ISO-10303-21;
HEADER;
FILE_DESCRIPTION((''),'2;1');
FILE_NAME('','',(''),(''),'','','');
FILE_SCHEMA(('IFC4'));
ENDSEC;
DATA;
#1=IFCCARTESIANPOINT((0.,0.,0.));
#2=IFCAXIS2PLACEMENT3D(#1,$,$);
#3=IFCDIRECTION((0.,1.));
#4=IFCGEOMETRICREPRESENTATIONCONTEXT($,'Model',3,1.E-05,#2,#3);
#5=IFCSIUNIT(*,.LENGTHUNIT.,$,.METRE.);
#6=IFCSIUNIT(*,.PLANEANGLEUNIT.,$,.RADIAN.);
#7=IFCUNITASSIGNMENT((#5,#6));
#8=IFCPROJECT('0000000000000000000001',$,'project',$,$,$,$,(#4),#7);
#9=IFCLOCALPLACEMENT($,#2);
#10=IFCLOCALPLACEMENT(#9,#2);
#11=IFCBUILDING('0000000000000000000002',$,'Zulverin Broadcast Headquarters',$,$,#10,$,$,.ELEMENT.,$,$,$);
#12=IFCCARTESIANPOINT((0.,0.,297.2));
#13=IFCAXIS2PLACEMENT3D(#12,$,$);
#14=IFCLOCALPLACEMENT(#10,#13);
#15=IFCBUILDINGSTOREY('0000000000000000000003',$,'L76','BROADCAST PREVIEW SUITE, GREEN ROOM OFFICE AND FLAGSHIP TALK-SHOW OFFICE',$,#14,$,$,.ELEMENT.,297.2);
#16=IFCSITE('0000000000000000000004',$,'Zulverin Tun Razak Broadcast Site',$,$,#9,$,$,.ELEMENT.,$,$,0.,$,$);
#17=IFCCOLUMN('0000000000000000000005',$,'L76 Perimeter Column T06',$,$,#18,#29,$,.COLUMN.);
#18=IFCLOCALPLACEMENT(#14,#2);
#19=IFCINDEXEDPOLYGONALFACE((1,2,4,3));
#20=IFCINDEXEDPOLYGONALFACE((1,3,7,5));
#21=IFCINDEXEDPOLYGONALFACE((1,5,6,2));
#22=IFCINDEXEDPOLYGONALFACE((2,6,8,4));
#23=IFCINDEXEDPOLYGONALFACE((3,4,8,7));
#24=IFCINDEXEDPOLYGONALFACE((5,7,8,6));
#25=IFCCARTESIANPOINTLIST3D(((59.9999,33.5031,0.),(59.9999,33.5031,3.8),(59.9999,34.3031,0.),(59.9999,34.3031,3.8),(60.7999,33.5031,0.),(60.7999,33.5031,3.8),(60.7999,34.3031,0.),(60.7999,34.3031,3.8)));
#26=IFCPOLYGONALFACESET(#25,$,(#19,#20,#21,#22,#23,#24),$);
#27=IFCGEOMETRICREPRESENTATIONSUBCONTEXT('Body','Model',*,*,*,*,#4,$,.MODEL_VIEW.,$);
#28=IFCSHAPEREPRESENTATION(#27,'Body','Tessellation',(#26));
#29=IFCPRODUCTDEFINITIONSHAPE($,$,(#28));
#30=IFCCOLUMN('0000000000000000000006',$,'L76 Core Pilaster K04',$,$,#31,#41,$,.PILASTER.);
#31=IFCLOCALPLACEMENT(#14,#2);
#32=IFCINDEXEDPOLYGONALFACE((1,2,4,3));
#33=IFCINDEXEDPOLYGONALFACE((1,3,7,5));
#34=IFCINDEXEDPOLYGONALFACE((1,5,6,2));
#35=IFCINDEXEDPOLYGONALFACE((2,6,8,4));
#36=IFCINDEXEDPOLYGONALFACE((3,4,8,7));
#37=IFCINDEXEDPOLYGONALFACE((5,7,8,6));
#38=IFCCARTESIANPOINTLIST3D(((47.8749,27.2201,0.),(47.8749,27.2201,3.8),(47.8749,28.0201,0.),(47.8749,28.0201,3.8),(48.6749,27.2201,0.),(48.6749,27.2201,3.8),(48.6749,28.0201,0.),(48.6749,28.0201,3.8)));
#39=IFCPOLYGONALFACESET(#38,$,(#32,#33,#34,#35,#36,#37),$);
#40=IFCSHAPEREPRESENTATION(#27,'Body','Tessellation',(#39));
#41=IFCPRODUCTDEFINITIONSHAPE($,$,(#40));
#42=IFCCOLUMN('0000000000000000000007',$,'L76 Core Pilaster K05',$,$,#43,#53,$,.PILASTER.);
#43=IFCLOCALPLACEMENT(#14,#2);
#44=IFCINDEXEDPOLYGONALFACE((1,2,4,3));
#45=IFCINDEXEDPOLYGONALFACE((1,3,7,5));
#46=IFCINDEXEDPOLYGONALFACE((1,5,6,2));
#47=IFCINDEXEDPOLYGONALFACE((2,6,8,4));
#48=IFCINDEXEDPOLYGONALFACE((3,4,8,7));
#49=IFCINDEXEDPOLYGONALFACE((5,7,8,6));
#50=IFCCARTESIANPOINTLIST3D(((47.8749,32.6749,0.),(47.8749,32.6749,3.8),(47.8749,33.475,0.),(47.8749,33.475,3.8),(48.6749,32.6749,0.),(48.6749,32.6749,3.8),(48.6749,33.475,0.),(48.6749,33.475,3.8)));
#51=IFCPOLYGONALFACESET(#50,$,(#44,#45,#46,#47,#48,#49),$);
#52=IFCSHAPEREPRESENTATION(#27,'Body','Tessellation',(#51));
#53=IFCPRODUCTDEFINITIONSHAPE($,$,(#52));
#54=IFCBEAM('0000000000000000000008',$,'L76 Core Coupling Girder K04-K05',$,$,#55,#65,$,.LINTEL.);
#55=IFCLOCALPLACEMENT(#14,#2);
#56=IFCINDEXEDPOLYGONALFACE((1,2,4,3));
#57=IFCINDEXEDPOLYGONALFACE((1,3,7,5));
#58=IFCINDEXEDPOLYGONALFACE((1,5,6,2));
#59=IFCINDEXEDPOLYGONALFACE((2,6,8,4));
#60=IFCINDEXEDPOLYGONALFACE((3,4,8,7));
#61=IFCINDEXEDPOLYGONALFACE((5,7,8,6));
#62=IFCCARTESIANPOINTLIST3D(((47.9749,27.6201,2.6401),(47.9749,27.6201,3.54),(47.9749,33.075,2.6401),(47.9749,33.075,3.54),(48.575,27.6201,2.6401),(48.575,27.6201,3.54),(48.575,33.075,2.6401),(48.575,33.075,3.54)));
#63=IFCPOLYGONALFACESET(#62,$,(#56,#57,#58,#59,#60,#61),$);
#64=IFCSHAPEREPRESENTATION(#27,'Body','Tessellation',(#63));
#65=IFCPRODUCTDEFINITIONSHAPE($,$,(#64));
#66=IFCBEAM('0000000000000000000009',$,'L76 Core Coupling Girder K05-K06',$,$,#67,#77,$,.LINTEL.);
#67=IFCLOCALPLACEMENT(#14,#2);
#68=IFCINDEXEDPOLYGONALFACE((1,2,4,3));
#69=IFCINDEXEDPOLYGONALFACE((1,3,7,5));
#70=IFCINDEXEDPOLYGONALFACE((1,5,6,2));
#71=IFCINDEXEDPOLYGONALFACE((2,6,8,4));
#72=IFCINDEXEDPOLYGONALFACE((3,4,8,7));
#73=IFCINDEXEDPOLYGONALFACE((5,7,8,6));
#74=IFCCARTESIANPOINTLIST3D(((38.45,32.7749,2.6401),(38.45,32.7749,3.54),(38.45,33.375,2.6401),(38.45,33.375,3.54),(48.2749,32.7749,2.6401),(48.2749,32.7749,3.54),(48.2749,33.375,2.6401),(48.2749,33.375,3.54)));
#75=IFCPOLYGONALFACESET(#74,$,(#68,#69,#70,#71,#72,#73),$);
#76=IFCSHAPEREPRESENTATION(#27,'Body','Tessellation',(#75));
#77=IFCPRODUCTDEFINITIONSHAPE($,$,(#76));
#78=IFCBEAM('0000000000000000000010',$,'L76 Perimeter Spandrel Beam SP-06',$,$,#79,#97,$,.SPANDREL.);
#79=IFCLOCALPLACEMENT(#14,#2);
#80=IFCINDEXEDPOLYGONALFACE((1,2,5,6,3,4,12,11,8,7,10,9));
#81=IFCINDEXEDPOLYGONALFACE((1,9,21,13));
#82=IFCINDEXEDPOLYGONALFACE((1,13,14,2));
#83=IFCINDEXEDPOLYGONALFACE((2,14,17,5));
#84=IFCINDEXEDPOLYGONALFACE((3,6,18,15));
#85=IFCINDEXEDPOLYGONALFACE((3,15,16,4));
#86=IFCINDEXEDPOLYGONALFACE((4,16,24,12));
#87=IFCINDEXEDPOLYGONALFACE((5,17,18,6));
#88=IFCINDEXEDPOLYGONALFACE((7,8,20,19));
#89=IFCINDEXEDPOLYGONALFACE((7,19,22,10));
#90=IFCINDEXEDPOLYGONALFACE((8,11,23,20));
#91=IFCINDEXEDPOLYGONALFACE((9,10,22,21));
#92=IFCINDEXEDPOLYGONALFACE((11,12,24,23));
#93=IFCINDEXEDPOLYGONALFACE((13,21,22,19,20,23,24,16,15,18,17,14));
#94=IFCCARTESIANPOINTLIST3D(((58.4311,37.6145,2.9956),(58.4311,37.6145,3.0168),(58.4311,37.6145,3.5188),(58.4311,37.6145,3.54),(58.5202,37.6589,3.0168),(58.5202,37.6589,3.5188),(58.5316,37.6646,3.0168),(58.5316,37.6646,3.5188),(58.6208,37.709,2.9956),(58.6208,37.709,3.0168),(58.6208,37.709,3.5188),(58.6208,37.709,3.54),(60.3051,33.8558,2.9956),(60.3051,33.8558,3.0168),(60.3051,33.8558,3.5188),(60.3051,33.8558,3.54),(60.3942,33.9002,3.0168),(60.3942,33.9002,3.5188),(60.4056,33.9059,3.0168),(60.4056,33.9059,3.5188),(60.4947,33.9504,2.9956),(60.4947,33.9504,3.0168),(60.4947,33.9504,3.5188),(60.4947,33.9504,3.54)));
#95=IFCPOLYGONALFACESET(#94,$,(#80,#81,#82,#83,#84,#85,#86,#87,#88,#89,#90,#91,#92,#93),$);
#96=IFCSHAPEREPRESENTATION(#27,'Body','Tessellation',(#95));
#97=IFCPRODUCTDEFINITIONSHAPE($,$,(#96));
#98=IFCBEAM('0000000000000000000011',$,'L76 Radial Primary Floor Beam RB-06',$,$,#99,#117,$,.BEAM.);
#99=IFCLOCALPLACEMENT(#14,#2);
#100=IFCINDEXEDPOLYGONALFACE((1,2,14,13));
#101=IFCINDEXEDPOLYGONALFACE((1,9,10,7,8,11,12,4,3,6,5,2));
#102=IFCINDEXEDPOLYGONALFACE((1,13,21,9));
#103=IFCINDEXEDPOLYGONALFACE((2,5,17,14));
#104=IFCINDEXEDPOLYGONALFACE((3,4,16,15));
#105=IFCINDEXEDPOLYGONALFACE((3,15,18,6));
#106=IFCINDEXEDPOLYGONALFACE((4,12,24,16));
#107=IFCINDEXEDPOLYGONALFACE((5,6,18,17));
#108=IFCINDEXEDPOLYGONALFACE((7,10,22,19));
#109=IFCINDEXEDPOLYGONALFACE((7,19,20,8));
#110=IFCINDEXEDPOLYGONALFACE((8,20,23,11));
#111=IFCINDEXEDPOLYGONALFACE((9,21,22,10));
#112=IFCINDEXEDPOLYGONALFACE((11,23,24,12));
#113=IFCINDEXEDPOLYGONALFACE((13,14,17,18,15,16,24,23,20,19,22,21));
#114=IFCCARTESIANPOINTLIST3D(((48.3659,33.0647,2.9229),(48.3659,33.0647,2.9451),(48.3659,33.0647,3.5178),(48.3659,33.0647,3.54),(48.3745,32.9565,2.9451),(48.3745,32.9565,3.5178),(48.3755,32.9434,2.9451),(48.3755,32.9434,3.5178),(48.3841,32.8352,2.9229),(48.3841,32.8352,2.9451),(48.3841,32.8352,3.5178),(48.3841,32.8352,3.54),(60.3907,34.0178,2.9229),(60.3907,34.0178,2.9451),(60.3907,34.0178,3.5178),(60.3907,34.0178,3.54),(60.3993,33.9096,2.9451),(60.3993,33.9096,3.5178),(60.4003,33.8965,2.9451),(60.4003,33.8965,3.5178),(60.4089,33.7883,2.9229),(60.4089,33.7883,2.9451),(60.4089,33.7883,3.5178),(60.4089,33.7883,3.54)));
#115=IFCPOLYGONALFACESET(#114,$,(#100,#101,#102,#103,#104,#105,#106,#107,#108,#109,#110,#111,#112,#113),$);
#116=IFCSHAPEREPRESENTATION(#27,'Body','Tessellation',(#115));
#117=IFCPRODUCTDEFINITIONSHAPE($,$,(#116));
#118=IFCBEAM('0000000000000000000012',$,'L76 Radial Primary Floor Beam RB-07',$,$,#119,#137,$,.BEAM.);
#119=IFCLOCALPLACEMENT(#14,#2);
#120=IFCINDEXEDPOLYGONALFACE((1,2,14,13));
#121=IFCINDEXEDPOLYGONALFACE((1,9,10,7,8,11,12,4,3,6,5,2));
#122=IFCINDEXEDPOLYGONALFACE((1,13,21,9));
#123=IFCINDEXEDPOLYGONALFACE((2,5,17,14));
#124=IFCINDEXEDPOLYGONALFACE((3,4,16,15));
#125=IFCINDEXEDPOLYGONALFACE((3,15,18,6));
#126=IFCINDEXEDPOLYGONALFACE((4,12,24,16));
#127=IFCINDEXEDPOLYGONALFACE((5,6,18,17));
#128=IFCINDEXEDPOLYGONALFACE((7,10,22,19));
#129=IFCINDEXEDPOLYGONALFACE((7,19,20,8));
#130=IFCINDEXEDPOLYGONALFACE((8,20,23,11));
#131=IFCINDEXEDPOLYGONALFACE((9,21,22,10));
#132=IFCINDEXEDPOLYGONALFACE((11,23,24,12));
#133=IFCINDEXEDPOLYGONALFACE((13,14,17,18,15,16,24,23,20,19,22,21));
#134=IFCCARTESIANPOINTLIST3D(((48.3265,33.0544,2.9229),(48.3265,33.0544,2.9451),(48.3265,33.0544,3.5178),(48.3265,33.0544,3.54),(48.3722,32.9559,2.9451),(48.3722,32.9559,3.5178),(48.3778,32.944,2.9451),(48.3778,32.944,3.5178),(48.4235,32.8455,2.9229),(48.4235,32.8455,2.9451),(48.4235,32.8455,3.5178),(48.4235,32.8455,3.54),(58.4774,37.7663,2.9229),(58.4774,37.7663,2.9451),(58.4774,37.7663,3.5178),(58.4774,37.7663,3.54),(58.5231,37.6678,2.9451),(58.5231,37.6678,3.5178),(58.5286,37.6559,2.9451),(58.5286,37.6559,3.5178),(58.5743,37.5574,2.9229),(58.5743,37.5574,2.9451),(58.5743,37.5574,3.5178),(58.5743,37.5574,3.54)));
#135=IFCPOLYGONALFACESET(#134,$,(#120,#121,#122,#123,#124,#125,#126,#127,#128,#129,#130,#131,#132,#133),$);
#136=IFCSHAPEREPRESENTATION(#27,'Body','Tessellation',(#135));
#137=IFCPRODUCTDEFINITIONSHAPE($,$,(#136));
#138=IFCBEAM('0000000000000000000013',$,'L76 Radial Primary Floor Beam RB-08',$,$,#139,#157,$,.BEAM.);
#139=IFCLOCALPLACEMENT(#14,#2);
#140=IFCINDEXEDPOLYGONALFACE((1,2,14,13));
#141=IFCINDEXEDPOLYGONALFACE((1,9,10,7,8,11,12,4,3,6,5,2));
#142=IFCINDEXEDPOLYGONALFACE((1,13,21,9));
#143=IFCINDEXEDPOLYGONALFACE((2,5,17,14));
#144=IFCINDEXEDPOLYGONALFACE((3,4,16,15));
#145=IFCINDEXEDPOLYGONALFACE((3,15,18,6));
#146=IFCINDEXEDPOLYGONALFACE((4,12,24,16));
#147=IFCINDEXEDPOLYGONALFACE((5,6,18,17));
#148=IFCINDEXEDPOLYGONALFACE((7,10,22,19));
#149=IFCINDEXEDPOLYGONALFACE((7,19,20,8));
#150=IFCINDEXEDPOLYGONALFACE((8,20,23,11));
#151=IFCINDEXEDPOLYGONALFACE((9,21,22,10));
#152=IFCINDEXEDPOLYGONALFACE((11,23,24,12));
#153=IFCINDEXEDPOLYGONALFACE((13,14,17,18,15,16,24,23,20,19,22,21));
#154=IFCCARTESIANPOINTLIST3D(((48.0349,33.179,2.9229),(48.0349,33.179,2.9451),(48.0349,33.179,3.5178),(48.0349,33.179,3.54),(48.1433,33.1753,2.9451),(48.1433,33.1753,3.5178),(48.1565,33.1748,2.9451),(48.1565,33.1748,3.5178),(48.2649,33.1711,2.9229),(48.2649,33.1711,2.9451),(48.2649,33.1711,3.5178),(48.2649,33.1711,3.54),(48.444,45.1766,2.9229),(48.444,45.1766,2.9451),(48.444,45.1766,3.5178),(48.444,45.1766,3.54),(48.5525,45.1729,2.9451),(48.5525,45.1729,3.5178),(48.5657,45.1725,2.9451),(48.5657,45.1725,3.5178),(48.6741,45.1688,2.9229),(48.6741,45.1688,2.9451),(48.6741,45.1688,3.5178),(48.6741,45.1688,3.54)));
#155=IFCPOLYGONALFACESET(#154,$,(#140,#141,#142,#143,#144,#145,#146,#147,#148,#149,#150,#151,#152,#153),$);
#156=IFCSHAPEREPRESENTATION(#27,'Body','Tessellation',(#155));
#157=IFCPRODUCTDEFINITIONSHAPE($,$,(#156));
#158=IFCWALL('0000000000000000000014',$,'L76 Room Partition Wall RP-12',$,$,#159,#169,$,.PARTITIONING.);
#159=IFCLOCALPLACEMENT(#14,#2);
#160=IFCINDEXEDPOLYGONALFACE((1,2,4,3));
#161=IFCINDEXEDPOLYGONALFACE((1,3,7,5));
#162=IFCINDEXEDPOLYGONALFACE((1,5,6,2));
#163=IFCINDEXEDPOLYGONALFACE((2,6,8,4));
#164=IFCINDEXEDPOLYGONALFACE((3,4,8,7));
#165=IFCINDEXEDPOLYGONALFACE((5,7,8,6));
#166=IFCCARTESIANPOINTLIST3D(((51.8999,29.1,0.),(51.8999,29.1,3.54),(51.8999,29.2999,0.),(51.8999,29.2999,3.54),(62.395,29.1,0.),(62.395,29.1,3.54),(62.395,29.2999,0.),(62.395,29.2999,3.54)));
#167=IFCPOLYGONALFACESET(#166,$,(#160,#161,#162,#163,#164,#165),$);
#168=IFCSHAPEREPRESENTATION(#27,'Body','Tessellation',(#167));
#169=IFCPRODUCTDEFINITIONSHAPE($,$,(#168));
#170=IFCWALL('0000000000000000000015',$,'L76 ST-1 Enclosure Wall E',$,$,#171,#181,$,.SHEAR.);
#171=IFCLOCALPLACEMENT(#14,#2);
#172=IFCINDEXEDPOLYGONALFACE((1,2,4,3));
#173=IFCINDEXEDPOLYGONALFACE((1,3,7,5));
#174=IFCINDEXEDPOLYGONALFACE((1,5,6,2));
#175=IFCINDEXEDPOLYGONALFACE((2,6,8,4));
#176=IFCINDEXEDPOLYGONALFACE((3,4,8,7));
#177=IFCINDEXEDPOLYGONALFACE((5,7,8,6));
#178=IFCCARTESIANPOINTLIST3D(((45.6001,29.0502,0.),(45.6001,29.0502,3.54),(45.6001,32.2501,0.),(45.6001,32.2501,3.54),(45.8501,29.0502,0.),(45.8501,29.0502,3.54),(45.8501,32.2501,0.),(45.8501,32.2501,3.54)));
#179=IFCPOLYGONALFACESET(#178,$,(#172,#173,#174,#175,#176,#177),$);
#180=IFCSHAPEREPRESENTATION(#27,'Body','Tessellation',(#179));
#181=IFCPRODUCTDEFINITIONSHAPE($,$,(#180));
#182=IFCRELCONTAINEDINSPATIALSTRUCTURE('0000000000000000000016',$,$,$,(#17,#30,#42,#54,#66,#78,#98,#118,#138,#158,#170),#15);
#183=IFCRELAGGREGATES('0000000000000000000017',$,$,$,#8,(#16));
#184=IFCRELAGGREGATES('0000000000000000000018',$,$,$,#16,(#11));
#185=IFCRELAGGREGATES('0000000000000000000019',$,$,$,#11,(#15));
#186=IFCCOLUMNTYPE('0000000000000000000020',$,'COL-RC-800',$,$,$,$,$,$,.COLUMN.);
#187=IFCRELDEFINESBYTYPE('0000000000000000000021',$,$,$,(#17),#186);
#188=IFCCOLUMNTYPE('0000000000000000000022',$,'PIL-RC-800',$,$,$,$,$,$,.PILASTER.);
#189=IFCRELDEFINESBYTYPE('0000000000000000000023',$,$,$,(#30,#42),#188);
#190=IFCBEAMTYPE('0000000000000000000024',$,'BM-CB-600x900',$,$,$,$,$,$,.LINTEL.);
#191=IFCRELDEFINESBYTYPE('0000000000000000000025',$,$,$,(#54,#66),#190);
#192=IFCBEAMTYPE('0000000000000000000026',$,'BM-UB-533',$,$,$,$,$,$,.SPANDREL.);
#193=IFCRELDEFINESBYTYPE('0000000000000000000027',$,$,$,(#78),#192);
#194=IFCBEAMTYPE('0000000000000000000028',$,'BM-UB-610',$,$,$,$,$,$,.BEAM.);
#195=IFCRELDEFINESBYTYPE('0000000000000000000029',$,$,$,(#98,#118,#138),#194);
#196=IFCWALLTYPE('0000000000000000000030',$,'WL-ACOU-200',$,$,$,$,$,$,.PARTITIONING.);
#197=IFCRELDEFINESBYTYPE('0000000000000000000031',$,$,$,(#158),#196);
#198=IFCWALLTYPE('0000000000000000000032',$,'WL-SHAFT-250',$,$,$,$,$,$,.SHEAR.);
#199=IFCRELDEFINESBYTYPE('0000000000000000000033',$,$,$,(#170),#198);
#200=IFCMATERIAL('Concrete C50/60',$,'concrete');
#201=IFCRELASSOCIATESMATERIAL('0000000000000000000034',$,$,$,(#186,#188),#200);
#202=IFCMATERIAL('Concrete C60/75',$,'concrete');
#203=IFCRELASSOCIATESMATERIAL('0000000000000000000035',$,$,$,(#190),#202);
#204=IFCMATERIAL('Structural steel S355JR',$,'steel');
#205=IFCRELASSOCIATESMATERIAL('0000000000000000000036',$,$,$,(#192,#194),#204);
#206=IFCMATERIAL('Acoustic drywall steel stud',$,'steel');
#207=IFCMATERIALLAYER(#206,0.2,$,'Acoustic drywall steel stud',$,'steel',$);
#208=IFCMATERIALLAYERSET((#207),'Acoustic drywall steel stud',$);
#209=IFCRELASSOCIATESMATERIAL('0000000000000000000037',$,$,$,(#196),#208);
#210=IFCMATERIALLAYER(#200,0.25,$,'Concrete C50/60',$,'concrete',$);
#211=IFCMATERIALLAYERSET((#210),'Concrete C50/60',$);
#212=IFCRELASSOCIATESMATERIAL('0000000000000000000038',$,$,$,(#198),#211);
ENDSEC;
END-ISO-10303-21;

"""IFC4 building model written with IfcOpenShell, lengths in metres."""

from ifc_helpers import new_model, si_unit, direction, frame, frame_2d, origin, origin_2d, place, context, subcontext, project, spatial, rectangle, i_section, extrude, material, layer, layer_set, material_profile, profile_set, type_object, element, save


model = new_model("IFC4")

# Units and contexts
model_context = context("Model", 3, precision=1e-05, world=origin(), true_north=direction((0.0, 1.0)))
body_context = subcontext(model_context, "Body", "Model", "MODEL_VIEW")
ifc_project = project(units=[si_unit("LENGTHUNIT", "METRE"), si_unit("PLANEANGLEUNIT", "RADIAN")], contexts=[model_context])

# Site, building, storey
site_placement = place(None, origin())
site = spatial("IfcSite", under=ifc_project, at=site_placement, Name="Zulverin Tun Razak Broadcast Site", CompositionType="ELEMENT", RefElevation=0.0)
building_placement = place(site_placement, origin())
building = spatial("IfcBuilding", under=site, at=building_placement, Name="Zulverin Broadcast Headquarters", CompositionType="ELEMENT")
storey_placement = place(building_placement, frame((0.0, 0.0, 297.2)))
storey = spatial("IfcBuildingStorey", under=building, at=storey_placement, Name="L76", Description="BROADCAST PREVIEW SUITE, GREEN ROOM OFFICE AND FLAGSHIP TALK-SHOW OFFICE", CompositionType="ELEMENT", Elevation=297.2)

# Columns
ifc_material_1 = material(Name="Concrete C50/60", Category="concrete")
ifc_material_profile_1 = material_profile(ifc_material_1, rectangle(XDim=0.8, YDim=0.8, at=origin_2d()), Name="Concrete C50/60", Category="concrete")
ifc_profile_set_1 = profile_set([ifc_material_profile_1], Name="Concrete C50/60")
column_type_1 = type_object("IfcColumnType", Name="COL-RC-800", PredefinedType="COLUMN", material=ifc_profile_set_1)
column_placement = place(storey_placement, frame((60.3999, 33.9031, 0.0), z_axis=(0.0, 0.0, 1.0), x_axis=(1.0, 0.0, 0.0)))
element("IfcColumn", 1, at=column_placement, inside=storey, type_object=column_type_1, Name="L76 Perimeter Column T06", PredefinedType="COLUMN", context=body_context, shape_type="SweptSolid", body=[
    extrude(rectangle(XDim=0.8, YDim=0.8, at=origin_2d()), origin(), (0.0, 0.0, 1.0), 3.8),
])
ifc_material_profile_2 = material_profile(ifc_material_1, rectangle(XDim=0.8, YDim=0.8, at=origin_2d()), Name="Concrete C50/60", Category="concrete")
ifc_profile_set_2 = profile_set([ifc_material_profile_2], Name="Concrete C50/60")
column_type_2 = type_object("IfcColumnType", Name="PIL-RC-800", PredefinedType="PILASTER", material=ifc_profile_set_2)
for number, where, z_axis, x_axis, name in (
    (2, (48.2749, 27.6201, 0.0), (0.0, 0.0, 1.0), (1.0, 0.0, 0.0), "L76 Core Pilaster K04"),
    (3, (48.2749, 33.075, 0.0), (0.0, 0.0, 1.0), (1.0, 0.0, 0.0), "L76 Core Pilaster K05"),
):
    element("IfcColumn", number, at=place(storey_placement, frame(where, z_axis=z_axis, x_axis=x_axis)), inside=storey, type_object=column_type_2, Name=name, PredefinedType="PILASTER", context=body_context, shape_type="SweptSolid", body=[
        extrude(rectangle(XDim=0.8, YDim=0.8, at=origin_2d()), origin(), (0.0, 0.0, 1.0), 3.8),
    ])

# Beams
ifc_material_2 = material(Name="Concrete C60/75", Category="concrete")
ifc_material_profile_3 = material_profile(ifc_material_2, rectangle(XDim=0.6001, YDim=0.8999, at=origin_2d()), Name="Concrete C60/75", Category="concrete")
ifc_profile_set_3 = profile_set([ifc_material_profile_3], Name="Concrete C60/75")
beam_type_1 = type_object("IfcBeamType", Name="BM-CB-600x900", PredefinedType="LINTEL", material=ifc_profile_set_3)
beam_1_placement = place(storey_placement, frame((48.2749, 27.6201, 3.0901), z_axis=(0.0, 1.0, 0.0), x_axis=(-1.0, 0.0, 0.0)))
element("IfcBeam", 4, at=beam_1_placement, inside=storey, type_object=beam_type_1, Name="L76 Core Coupling Girder K04-K05", PredefinedType="LINTEL", context=body_context, shape_type="SweptSolid", body=[
    extrude(rectangle(XDim=0.6001, YDim=0.8999, at=origin_2d()), origin(), (0.0, 0.0, 1.0), 5.4548),
])
beam_2_placement = place(storey_placement, frame((48.2749, 33.075, 3.0901), z_axis=(-1.0, 0.0, 0.0), x_axis=(0.0, -1.0, 0.0)))
element("IfcBeam", 5, at=beam_2_placement, inside=storey, type_object=beam_type_1, Name="L76 Core Coupling Girder K05-K06", PredefinedType="LINTEL", context=body_context, shape_type="SweptSolid", body=[
    extrude(rectangle(XDim=0.6001, YDim=0.8999, at=origin_2d()), origin(), (0.0, 0.0, 1.0), 9.825),
])
ifc_material_3 = material(Name="Structural steel S355JR", Category="steel")
ifc_material_profile_4 = material_profile(ifc_material_3, i_section(OverallWidth=0.2119, OverallDepth=0.5444, WebThickness=0.0127, FlangeThickness=0.0212, at=origin_2d()), Name="Structural steel S355JR", Category="steel")
ifc_profile_set_4 = profile_set([ifc_material_profile_4], Name="Structural steel S355JR")
beam_type_2 = type_object("IfcBeamType", Name="BM-UB-533", PredefinedType="SPANDREL", material=ifc_profile_set_4)
beam_3_placement = place(storey_placement, frame((60.3999, 33.9031, 3.2678), z_axis=(-0.44619, 0.894938, 0.0), x_axis=(-0.894938, -0.44619, 0.0)))
element("IfcBeam", 6, at=beam_3_placement, inside=storey, type_object=beam_type_2, Name="L76 Perimeter Spandrel Beam SP-06", PredefinedType="SPANDREL", context=body_context, shape_type="SweptSolid", body=[
    extrude(i_section(OverallWidth=0.2119, OverallDepth=0.5444, WebThickness=0.0127, FlangeThickness=0.0212, at=origin_2d()), origin(), (0.0, 0.0, 1.0), 4.2),
])
ifc_material_profile_5 = material_profile(ifc_material_3, i_section(OverallWidth=0.2302, OverallDepth=0.6172, WebThickness=0.0132, FlangeThickness=0.0222, at=origin_2d()), Name="Structural steel S355JR", Category="steel")
ifc_profile_set_5 = profile_set([ifc_material_profile_5], Name="Structural steel S355JR")
beam_type_3 = type_object("IfcBeamType", Name="BM-UB-610", PredefinedType="BEAM", material=ifc_profile_set_5)
beam_4_placement = place(storey_placement, frame((48.375, 32.95, 3.2314), z_axis=(0.996873, 0.079015, 0.0), x_axis=(-0.079015, 0.996873, 0.0)))
element("IfcBeam", 7, at=beam_4_placement, inside=storey, type_object=beam_type_3, Name="L76 Radial Primary Floor Beam RB-06", PredefinedType="BEAM", context=body_context, shape_type="SweptSolid", body=[
    extrude(i_section(OverallWidth=0.2302, OverallDepth=0.6172, WebThickness=0.0132, FlangeThickness=0.0222, at=origin_2d()), origin(), (0.0, 0.0, 1.0), 12.0625),
])
beam_5_placement = place(storey_placement, frame((48.375, 32.95, 3.2314), z_axis=(0.907043, 0.421038, 0.0), x_axis=(-0.421038, 0.907043, 0.0)))
element("IfcBeam", 8, at=beam_5_placement, inside=storey, type_object=beam_type_3, Name="L76 Radial Primary Floor Beam RB-07", PredefinedType="BEAM", context=body_context, shape_type="SweptSolid", body=[
    extrude(i_section(OverallWidth=0.2302, OverallDepth=0.6172, WebThickness=0.0132, FlangeThickness=0.0222, at=origin_2d()), origin(), (0.0, 0.0, 1.0), 11.1912),
])
beam_6_placement = place(storey_placement, frame((48.1499, 33.175, 3.2314), z_axis=(0.034085, 0.999419, 0.0), x_axis=(-0.999419, 0.034085, 0.0)))
element("IfcBeam", 9, at=beam_6_placement, inside=storey, type_object=beam_type_3, Name="L76 Radial Primary Floor Beam RB-08", PredefinedType="BEAM", context=body_context, shape_type="SweptSolid", body=[
    extrude(i_section(OverallWidth=0.2302, OverallDepth=0.6172, WebThickness=0.0132, FlangeThickness=0.0222, at=origin_2d()), origin(), (0.0, 0.0, 1.0), 12.0046),
])

# Walls
ifc_material_4 = material(Name="Acoustic drywall steel stud", Category="steel")
ifc_layer_1 = layer(ifc_material_4, 0.2, Name="Acoustic drywall steel stud", Category="steel")
ifc_layer_set_1 = layer_set([ifc_layer_1], Name="Acoustic drywall steel stud")
wall_type_1 = type_object("IfcWallType", Name="WL-ACOU-200", PredefinedType="PARTITIONING", material=ifc_layer_set_1)
wall_1_placement = place(storey_placement, frame((51.8999, 29.2, 0.0), z_axis=(0.0, 0.0, 1.0), x_axis=(1.0, 0.0, 0.0)))
element("IfcWall", 10, at=wall_1_placement, inside=storey, type_object=wall_type_1, Name="L76 Room Partition Wall RP-12", PredefinedType="PARTITIONING", context=body_context, shape_type="SweptSolid", body=[
    extrude(rectangle(XDim=10.4951, YDim=0.2, at=frame_2d((5.2476, 0.0))), origin(), (0.0, 0.0, 1.0), 3.54),
])
ifc_layer_2 = layer(ifc_material_1, 0.25, Name="Concrete C50/60", Category="concrete")
ifc_layer_set_2 = layer_set([ifc_layer_2], Name="Concrete C50/60")
wall_type_2 = type_object("IfcWallType", Name="WL-SHAFT-250", PredefinedType="SHEAR", material=ifc_layer_set_2)
wall_2_placement = place(storey_placement, frame((45.7251, 29.05, 0.0), z_axis=(0.0, 0.0, 1.0), x_axis=(0.0, 1.0, 0.0)))
element("IfcWall", 11, at=wall_2_placement, inside=storey, type_object=wall_type_2, Name="L76 ST-1 Enclosure Wall E", PredefinedType="SHEAR", context=body_context, shape_type="SweptSolid", body=[
    extrude(rectangle(XDim=3.2, YDim=0.25, at=frame_2d((1.6001, 0.0))), origin(), (0.0, 0.0, 1.0), 3.54),
])

save(model, "model.ifc")
